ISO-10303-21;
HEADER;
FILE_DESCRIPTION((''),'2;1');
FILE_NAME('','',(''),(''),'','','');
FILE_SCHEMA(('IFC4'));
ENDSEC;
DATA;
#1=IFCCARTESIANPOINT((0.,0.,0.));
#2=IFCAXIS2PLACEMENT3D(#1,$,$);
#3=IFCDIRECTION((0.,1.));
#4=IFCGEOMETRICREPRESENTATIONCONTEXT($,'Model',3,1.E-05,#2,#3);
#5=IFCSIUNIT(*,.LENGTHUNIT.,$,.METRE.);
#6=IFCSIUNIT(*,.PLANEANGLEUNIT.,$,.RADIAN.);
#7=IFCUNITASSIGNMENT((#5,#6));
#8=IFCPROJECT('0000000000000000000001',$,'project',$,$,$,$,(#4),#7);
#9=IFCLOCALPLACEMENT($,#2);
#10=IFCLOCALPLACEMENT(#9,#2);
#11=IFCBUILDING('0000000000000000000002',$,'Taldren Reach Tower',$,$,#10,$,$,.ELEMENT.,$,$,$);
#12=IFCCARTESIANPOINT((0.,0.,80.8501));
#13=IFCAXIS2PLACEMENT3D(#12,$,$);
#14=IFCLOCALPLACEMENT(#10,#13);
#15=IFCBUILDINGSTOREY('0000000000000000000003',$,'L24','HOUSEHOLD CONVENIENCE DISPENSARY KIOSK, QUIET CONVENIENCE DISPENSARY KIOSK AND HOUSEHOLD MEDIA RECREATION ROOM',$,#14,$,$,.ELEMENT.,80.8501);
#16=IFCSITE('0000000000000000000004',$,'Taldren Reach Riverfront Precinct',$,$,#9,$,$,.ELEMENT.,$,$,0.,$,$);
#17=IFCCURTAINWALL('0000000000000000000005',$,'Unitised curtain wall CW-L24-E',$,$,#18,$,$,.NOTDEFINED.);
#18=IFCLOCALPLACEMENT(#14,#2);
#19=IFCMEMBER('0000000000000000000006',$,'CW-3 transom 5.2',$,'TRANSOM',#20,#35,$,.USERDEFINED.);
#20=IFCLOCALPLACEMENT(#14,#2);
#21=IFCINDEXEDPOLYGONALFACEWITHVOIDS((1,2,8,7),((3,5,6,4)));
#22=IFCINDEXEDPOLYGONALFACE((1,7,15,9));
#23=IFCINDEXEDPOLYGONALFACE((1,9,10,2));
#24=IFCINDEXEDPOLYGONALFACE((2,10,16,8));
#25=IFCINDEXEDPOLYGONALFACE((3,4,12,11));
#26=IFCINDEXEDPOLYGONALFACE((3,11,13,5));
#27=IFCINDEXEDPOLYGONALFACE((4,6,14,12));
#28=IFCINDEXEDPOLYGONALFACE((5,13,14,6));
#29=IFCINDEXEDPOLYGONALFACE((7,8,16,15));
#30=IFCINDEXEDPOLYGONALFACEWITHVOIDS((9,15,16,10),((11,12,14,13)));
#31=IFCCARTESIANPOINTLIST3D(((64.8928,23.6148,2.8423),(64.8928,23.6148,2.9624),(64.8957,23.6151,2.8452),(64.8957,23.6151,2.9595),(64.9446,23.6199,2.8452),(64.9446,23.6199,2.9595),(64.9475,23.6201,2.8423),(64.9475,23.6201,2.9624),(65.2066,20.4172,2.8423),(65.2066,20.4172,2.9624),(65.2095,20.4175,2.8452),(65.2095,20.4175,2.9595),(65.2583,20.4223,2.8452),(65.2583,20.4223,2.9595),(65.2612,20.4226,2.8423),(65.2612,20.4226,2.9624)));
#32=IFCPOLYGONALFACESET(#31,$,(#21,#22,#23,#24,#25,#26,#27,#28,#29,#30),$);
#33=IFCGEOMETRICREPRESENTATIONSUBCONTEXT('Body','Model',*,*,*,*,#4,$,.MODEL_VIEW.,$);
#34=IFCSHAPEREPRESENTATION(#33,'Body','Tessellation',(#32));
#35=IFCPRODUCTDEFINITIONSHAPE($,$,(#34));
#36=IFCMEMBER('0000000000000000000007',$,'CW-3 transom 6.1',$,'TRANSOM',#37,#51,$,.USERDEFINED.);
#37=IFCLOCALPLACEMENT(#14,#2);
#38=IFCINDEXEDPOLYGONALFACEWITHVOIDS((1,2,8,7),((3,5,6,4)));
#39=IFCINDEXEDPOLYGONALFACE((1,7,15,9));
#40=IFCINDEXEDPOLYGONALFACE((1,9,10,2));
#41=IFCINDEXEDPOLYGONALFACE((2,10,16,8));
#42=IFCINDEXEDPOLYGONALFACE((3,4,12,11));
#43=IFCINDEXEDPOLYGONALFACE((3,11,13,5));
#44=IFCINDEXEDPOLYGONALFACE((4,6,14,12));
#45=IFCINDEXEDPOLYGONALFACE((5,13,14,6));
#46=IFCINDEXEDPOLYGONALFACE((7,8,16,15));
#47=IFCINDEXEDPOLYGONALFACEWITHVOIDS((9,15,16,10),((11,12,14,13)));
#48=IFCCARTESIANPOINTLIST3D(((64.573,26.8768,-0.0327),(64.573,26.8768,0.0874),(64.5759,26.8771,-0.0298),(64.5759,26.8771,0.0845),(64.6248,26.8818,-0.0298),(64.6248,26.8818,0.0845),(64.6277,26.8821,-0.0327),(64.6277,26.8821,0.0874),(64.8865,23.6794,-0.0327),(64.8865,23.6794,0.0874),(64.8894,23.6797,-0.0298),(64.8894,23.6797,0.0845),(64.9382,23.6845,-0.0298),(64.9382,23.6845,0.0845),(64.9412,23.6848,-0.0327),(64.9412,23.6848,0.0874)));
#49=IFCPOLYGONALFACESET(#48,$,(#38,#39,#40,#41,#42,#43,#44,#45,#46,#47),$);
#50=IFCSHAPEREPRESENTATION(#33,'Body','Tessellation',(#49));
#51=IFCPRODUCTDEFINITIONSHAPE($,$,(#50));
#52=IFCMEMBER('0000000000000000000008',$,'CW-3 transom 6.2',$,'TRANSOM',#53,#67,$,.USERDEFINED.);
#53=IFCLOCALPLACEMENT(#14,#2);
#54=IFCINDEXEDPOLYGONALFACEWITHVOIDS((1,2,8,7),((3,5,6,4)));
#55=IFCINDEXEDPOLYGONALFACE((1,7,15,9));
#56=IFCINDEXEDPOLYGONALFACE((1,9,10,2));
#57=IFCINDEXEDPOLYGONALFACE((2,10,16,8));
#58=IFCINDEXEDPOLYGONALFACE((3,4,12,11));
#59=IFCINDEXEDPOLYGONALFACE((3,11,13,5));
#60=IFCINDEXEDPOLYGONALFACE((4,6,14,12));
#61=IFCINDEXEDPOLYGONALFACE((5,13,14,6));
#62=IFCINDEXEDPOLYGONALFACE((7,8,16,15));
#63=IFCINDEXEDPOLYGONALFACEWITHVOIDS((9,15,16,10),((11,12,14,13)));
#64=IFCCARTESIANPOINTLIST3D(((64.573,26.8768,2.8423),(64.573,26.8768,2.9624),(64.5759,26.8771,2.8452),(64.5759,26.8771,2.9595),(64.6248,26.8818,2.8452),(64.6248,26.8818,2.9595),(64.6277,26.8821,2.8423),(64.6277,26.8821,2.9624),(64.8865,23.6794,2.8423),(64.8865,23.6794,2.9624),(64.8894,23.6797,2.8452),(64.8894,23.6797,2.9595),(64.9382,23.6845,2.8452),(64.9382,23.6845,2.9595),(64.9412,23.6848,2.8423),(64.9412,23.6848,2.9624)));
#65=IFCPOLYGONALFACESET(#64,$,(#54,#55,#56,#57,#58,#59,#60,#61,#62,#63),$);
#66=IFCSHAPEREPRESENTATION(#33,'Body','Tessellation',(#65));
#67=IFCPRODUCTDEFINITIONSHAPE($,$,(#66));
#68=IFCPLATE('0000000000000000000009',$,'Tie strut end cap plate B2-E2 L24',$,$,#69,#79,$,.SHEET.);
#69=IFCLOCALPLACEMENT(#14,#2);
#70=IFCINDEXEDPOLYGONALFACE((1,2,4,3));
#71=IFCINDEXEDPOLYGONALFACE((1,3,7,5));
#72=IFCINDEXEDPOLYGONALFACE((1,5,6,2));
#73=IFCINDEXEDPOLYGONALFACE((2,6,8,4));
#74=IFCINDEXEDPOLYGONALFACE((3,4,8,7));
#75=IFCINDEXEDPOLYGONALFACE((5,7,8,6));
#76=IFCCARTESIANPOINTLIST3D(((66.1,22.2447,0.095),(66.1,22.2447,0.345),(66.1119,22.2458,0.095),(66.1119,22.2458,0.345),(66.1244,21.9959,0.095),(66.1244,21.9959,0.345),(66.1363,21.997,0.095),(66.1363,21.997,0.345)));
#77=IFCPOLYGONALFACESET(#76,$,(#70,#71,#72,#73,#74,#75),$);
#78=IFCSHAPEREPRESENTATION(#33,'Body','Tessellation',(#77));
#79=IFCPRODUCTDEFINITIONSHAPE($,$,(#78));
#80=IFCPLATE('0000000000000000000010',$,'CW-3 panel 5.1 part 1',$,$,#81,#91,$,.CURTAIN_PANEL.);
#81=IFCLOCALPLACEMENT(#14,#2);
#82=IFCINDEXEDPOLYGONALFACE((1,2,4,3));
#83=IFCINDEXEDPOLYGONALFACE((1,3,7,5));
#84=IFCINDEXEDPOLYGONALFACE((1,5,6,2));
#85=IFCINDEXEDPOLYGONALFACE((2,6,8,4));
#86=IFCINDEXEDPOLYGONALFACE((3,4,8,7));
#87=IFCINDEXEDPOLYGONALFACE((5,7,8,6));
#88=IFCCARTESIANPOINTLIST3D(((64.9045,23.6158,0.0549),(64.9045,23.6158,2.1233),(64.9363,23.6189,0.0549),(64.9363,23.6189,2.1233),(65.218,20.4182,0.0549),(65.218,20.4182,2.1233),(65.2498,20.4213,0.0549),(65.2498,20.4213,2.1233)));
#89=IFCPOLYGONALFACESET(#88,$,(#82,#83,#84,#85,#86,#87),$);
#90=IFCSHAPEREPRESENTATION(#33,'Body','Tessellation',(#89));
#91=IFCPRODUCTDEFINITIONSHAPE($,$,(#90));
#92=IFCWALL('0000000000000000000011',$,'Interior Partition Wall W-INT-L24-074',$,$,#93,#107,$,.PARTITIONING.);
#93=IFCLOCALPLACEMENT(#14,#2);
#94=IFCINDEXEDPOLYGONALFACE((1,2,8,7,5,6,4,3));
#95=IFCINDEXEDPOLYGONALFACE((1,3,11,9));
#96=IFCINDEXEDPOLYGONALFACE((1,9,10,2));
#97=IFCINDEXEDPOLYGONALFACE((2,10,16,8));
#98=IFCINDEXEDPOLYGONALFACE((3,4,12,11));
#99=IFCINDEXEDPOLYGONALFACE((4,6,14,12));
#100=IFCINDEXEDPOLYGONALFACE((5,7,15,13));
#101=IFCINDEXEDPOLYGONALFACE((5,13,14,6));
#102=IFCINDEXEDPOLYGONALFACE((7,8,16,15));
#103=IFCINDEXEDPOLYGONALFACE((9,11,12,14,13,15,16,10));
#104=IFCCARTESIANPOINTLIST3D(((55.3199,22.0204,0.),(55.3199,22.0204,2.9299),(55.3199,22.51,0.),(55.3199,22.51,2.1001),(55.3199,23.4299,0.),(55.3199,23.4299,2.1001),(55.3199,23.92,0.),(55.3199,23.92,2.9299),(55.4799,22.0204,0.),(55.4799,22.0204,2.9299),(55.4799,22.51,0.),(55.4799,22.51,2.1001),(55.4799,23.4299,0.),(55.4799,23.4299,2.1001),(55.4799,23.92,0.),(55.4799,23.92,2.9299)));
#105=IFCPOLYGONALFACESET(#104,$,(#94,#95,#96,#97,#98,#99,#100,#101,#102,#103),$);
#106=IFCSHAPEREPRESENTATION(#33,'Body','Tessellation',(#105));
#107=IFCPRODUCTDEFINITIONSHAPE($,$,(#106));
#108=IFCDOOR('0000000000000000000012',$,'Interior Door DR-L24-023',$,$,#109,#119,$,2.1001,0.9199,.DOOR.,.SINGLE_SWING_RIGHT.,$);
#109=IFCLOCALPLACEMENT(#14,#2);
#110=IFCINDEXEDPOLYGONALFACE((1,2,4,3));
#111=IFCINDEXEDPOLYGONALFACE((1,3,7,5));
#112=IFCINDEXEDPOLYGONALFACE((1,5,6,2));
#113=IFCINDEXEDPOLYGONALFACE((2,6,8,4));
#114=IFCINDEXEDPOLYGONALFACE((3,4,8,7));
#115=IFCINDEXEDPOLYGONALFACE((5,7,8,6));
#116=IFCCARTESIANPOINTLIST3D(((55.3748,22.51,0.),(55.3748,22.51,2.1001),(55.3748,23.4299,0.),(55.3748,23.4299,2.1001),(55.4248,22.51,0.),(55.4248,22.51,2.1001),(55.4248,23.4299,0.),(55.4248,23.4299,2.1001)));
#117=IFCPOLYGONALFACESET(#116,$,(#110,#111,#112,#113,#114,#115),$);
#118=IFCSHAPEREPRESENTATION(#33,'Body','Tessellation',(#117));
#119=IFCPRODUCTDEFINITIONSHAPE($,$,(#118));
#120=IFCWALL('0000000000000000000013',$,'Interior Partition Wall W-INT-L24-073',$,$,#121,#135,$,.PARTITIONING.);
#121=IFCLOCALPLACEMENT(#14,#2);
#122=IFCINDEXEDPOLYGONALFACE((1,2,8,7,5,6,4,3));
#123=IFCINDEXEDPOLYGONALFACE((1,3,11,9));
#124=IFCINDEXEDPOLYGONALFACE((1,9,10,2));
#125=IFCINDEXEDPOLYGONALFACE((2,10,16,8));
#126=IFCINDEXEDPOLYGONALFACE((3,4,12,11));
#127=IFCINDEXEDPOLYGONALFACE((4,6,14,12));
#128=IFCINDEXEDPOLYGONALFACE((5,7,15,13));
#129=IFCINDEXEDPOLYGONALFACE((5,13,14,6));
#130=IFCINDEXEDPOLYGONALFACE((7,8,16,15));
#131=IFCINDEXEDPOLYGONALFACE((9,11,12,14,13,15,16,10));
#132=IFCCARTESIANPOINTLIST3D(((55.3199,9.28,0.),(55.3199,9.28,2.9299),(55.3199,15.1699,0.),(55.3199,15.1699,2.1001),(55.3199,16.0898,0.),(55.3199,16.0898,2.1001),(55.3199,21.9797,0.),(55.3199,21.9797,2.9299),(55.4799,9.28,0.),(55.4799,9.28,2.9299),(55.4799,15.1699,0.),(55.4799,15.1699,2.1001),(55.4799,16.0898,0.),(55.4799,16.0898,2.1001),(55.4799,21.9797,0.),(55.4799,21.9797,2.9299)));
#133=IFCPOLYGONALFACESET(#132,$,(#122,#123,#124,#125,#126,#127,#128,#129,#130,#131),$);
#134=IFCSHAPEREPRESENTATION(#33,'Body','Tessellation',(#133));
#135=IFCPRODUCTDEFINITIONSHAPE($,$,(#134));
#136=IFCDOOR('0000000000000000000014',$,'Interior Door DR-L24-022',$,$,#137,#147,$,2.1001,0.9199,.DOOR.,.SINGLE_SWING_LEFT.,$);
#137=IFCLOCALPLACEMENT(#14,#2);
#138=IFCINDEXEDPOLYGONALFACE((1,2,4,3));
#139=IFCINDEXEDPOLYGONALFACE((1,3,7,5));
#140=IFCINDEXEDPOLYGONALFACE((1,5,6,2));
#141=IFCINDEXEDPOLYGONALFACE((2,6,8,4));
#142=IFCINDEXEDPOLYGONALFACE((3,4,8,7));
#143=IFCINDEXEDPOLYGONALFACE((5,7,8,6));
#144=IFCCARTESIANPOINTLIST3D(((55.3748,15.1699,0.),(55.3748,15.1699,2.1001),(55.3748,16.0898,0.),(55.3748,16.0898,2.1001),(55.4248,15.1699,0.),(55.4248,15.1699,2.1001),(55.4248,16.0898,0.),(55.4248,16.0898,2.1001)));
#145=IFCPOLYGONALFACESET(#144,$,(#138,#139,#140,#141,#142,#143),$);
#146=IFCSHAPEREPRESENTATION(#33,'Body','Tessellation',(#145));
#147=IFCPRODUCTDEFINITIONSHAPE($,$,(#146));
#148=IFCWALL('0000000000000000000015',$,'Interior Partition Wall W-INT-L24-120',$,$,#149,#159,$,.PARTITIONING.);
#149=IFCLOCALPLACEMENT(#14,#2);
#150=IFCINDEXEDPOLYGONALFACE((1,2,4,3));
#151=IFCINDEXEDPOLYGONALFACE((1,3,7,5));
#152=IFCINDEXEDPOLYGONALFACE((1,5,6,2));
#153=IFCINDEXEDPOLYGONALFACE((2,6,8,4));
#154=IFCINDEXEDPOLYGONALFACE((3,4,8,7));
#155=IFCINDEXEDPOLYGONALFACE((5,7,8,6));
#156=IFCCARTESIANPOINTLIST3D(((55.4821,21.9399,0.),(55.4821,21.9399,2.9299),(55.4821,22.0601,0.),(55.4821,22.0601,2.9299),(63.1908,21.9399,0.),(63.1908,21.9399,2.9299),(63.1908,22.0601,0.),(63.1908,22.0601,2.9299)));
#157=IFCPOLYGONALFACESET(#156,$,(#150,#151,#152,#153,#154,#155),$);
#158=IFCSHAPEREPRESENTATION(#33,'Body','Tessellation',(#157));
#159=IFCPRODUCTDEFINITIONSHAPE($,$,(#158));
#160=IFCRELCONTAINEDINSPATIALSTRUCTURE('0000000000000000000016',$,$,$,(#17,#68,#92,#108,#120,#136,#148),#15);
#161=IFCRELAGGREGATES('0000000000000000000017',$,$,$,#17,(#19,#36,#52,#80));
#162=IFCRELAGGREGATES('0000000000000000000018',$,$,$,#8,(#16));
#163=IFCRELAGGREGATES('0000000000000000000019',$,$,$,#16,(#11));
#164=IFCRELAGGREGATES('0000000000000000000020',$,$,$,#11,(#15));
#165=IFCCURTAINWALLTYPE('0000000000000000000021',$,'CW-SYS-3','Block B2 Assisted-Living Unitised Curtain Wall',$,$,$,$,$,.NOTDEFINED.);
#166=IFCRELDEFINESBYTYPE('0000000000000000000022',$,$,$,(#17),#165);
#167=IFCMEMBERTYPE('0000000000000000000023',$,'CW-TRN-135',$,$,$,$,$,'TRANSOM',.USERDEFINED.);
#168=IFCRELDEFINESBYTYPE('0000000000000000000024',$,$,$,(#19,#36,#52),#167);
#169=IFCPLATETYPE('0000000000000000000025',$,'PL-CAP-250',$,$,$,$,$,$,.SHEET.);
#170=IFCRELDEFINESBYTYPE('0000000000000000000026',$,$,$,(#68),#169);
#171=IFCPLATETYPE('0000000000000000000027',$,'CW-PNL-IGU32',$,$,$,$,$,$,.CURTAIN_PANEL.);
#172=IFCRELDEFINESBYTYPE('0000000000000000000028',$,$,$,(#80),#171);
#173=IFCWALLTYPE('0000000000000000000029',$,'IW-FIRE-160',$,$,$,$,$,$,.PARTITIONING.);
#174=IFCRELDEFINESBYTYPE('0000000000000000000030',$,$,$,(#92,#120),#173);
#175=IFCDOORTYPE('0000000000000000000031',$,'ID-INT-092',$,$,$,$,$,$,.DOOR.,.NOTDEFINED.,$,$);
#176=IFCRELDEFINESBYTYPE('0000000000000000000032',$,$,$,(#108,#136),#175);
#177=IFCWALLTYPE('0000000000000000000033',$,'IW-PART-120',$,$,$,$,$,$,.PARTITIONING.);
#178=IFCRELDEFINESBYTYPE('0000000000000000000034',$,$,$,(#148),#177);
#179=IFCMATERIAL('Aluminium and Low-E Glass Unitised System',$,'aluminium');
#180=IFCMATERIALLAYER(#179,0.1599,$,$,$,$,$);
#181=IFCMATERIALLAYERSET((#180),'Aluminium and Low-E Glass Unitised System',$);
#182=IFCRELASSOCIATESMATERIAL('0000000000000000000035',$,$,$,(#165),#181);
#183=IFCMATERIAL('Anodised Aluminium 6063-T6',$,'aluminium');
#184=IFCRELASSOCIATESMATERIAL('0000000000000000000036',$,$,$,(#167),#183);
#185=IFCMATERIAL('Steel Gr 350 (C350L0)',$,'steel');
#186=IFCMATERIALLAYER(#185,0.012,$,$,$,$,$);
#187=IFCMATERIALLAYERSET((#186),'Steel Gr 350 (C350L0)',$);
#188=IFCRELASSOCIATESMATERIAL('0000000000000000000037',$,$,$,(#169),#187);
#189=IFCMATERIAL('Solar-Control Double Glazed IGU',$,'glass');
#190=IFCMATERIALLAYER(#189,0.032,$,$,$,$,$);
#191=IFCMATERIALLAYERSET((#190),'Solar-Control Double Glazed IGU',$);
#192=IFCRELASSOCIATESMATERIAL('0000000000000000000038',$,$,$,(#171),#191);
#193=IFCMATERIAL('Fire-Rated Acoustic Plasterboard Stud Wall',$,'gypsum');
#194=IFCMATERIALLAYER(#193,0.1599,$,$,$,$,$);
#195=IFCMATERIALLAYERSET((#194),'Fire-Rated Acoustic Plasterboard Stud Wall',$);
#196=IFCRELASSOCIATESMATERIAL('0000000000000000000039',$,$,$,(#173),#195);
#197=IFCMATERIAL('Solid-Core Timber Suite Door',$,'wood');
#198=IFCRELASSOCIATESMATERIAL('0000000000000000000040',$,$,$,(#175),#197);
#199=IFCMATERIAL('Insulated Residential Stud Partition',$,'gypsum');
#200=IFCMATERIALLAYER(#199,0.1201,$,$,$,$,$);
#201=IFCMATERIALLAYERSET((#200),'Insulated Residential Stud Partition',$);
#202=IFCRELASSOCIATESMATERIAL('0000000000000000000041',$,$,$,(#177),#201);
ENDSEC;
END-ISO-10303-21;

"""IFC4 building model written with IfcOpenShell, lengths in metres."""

from ifc_helpers import new_model, si_unit, direction, frame, frame_2d, origin, origin_2d, place, context, subcontext, project, spatial, rectangle, hollow_rectangle, extrude, source, transform, mapped, material, layer, layer_set, material_profile, profile_set, type_object, element, fill, aggregate, save


model = new_model("IFC4")

# Units and contexts
model_context = context("Model", 3, precision=1e-05, world=origin(), true_north=direction((0.0, 1.0)))
body_context = subcontext(model_context, "Body", "Model", "MODEL_VIEW")
ifc_project = project(units=[si_unit("LENGTHUNIT", "METRE"), si_unit("PLANEANGLEUNIT", "RADIAN")], contexts=[model_context])

# Site, building, storey
site_placement = place(None, origin())
site = spatial("IfcSite", under=ifc_project, at=site_placement, Name="Taldren Reach Riverfront Precinct", CompositionType="ELEMENT", RefElevation=0.0)
building_placement = place(site_placement, origin())
building = spatial("IfcBuilding", under=site, at=building_placement, Name="Taldren Reach Tower", CompositionType="ELEMENT")
storey_placement = place(building_placement, frame((0.0, 0.0, 80.8501)))
storey = spatial("IfcBuildingStorey", under=building, at=storey_placement, Name="L24", Description="HOUSEHOLD CONVENIENCE DISPENSARY KIOSK, QUIET CONVENIENCE DISPENSARY KIOSK AND HOUSEHOLD MEDIA RECREATION ROOM", CompositionType="ELEMENT", Elevation=80.8501)

# Shared definitions
ifc_material_1 = material(Name="Steel Gr 350 (C350L0)", Category="steel")

# Curtain wall, members
ifc_material_2 = material(Name="Aluminium and Low-E Glass Unitised System", Category="aluminium")
ifc_layer_1 = layer(ifc_material_2, 0.1599)
ifc_layer_set_1 = layer_set([ifc_layer_1], Name="Aluminium and Low-E Glass Unitised System")
curtain_wall_type = type_object("IfcCurtainWallType", Name="CW-SYS-3", Description="Block B2 Assisted-Living Unitised Curtain Wall", PredefinedType="NOTDEFINED", material=ifc_layer_set_1)
curtain_wall_placement = place(storey_placement, origin())
curtain_wall = element("IfcCurtainWall", 1, at=curtain_wall_placement, inside=storey, type_object=curtain_wall_type, Name="Unitised curtain wall CW-L24-E", PredefinedType="NOTDEFINED")
ifc_material_3 = material(Name="Anodised Aluminium 6063-T6", Category="aluminium")
ifc_material_profile_1 = material_profile(ifc_material_3, hollow_rectangle(XDim=0.0549, YDim=0.1201, WallThickness=0.0029, at=origin_2d()), Name="ALU-120x55x3RHS")
ifc_profile_set_1 = profile_set([ifc_material_profile_1], Name="Anodised Aluminium 6063-T6")
member_type_1 = type_object("IfcMemberType", Name="CW-TRN-135", ElementType="TRANSOM", PredefinedType="USERDEFINED", material=ifc_profile_set_1)
shared_shape_1 = source(origin(), body_context, "Body", "SweptSolid", [
    extrude(hollow_rectangle(XDim=0.0549, YDim=0.1201, WallThickness=0.0029, at=origin_2d()), origin(), (0.0, 0.0, 1.0), 3.2129),
])
member_1_placement = place(storey_placement, frame((65.2339, 20.4199, 2.9023), z_axis=(-0.097645, 0.995221, 0.0), x_axis=(-0.995221, -0.097645, 0.0)))
member_1 = element("IfcMember", 2, at=member_1_placement, type_object=member_type_1, Name="CW-3 transom 5.2", ObjectType="TRANSOM", PredefinedType="USERDEFINED", context=body_context, shape_type="MappedRepresentation", body=[
    mapped(shared_shape_1, transform((0.0, 0.0, 0.0), scale=1.0)),
])
shared_shape_2 = source(origin(), body_context, "Body", "SweptSolid", [
    extrude(hollow_rectangle(XDim=0.0549, YDim=0.1201, WallThickness=0.0029, at=origin_2d()), origin(), (0.0, 0.0, 1.0), 3.2126),
])
member_2_placement = place(storey_placement, frame((64.9138, 23.6821, 0.0273), z_axis=(-0.097577, 0.995228, 0.0), x_axis=(-0.995228, -0.097577, 0.0)))
member_2 = element("IfcMember", 3, at=member_2_placement, type_object=member_type_1, Name="CW-3 transom 6.1", ObjectType="TRANSOM", PredefinedType="USERDEFINED", context=body_context, shape_type="MappedRepresentation", body=[
    mapped(shared_shape_2, transform((0.0, 0.0, 0.0), scale=1.0)),
])
member_3_placement = place(storey_placement, frame((64.9138, 23.6821, 2.9023), z_axis=(-0.097577, 0.995228, 0.0), x_axis=(-0.995228, -0.097577, 0.0)))
member_3 = element("IfcMember", 4, at=member_3_placement, type_object=member_type_1, Name="CW-3 transom 6.2", ObjectType="TRANSOM", PredefinedType="USERDEFINED", context=body_context, shape_type="MappedRepresentation", body=[
    mapped(shared_shape_2, transform((0.0, 0.0, 0.0), scale=1.0)),
])

# Plates
ifc_layer_2 = layer(ifc_material_1, 0.012)
ifc_layer_set_2 = layer_set([ifc_layer_2], Name="Steel Gr 350 (C350L0)")
plate_type_1 = type_object("IfcPlateType", Name="PL-CAP-250", PredefinedType="SHEET", material=ifc_layer_set_2)
shared_shape_3 = source(origin(), body_context, "Body", "SweptSolid", [
    extrude(rectangle(XDim=0.012, YDim=0.25, at=origin_2d()), origin(), (0.0, 0.0, 1.0), 0.25),
])
plate_1_placement = place(storey_placement, frame((66.1182, 22.1208, 0.095), z_axis=(0.0, 0.0, 1.0), x_axis=(0.995227, 0.097583, 0.0)))
element("IfcPlate", 5, at=plate_1_placement, inside=storey, type_object=plate_type_1, Name="Tie strut end cap plate B2-E2 L24", PredefinedType="SHEET", context=body_context, shape_type="MappedRepresentation", body=[
    mapped(shared_shape_3, transform((0.0, 0.0, 0.0), scale=1.0)),
])
ifc_material_4 = material(Name="Solar-Control Double Glazed IGU", Category="glass")
ifc_layer_3 = layer(ifc_material_4, 0.032)
ifc_layer_set_3 = layer_set([ifc_layer_3], Name="Solar-Control Double Glazed IGU")
plate_type_2 = type_object("IfcPlateType", Name="CW-PNL-IGU32", PredefinedType="CURTAIN_PANEL", material=ifc_layer_set_3)
shared_shape_4 = source(origin(), body_context, "Body", "SweptSolid", [
    extrude(rectangle(XDim=3.2129, YDim=0.032, at=origin_2d()), origin(), (0.0, 0.0, 1.0), 2.0684),
])
plate_2_placement = place(storey_placement, frame((65.0771, 22.0186, 0.0549), z_axis=(0.0, 0.0, 1.0), x_axis=(-0.097583, 0.995227, 0.0)))
plate_2 = element("IfcPlate", 6, at=plate_2_placement, type_object=plate_type_2, Name="CW-3 panel 5.1 part 1", PredefinedType="CURTAIN_PANEL", context=body_context, shape_type="MappedRepresentation", body=[
    mapped(shared_shape_4, transform((0.0, 0.0, 0.0), scale=1.0)),
])
aggregate(curtain_wall, [member_1, member_2, member_3, plate_2])

# Walls, openings, doors
ifc_material_5 = material(Name="Fire-Rated Acoustic Plasterboard Stud Wall", Category="gypsum")
ifc_layer_4 = layer(ifc_material_5, 0.1599)
ifc_layer_set_4 = layer_set([ifc_layer_4], Name="Fire-Rated Acoustic Plasterboard Stud Wall")
wall_type_1 = type_object("IfcWallType", Name="IW-FIRE-160", PredefinedType="PARTITIONING", material=ifc_layer_set_4)
shared_shape_5 = source(origin(), body_context, "Body", "SweptSolid", [
    extrude(rectangle(XDim=1.8997, YDim=0.1599, at=frame_2d((0.9497, 0.0))), origin(), (0.0, 0.0, 1.0), 2.9299),
])
wall_1_placement = place(storey_placement, frame((55.3999, 23.9199, 0.0), z_axis=(0.0, 0.0, 1.0), x_axis=(0.0, -1.0, 0.0)))
wall_1 = element("IfcWall", 7, at=wall_1_placement, inside=storey, type_object=wall_type_1, Name="Interior Partition Wall W-INT-L24-074", PredefinedType="PARTITIONING", context=body_context, shape_type="MappedRepresentation", body=[
    mapped(shared_shape_5, transform((0.0, 0.0, 0.0), scale=1.0)),
])
shared_shape_6 = source(origin(), body_context, "Body", "SweptSolid", [
    extrude(rectangle(XDim=0.9199, YDim=2.1001, at=frame_2d((0.46, 1.05))), frame((0.0, 0.0898, 0.0), z_axis=(0.0, -1.0, 0.0), x_axis=(1.0, 0.0, 0.0)), (0.0, 0.0, 1.0), 0.1799),
])
opening_1_placement = place(wall_1_placement, frame((0.49, 0.0, 0.0)))
opening_1 = element("IfcOpeningElement", 8, at=opening_1_placement, cuts=wall_1, PredefinedType="OPENING", context=body_context, shape_type="MappedRepresentation", body=[
    mapped(shared_shape_6, transform((0.0, 0.0, 0.0), scale=1.0)),
])
ifc_material_6 = material(Name="Solid-Core Timber Suite Door", Category="wood")
door_type = type_object("IfcDoorType", Name="ID-INT-092", OperationType="NOTDEFINED", PredefinedType="DOOR", material=ifc_material_6)
shared_shape_7 = source(origin(), body_context, "Body", "SweptSolid", [
    extrude(rectangle(XDim=0.9199, YDim=2.1001, at=frame_2d((0.46, 1.05))), frame((0.0, 0.0249, 0.0), z_axis=(0.0, -1.0, 0.0), x_axis=(1.0, 0.0, 0.0)), (0.0, 0.0, 1.0), 0.05),
])
door_1_placement = place(opening_1_placement, origin())
door_1 = element("IfcDoor", 9, at=door_1_placement, inside=storey, type_object=door_type, Name="Interior Door DR-L24-023", OperationType="SINGLE_SWING_RIGHT", OverallHeight=2.1001, OverallWidth=0.9199, PredefinedType="DOOR", context=body_context, shape_type="MappedRepresentation", body=[
    mapped(shared_shape_7, transform((0.0, 0.0, 0.0), scale=1.0)),
])
fill(opening_1, door_1)
shared_shape_8 = source(origin(), body_context, "Body", "SweptSolid", [
    extrude(rectangle(XDim=12.6997, YDim=0.1599, at=frame_2d((6.3499, 0.0))), origin(), (0.0, 0.0, 1.0), 2.9299),
])
wall_2_placement = place(storey_placement, frame((55.3999, 21.9797, 0.0), z_axis=(0.0, 0.0, 1.0), x_axis=(0.0, -1.0, 0.0)))
wall_2 = element("IfcWall", 10, at=wall_2_placement, inside=storey, type_object=wall_type_1, Name="Interior Partition Wall W-INT-L24-073", PredefinedType="PARTITIONING", context=body_context, shape_type="MappedRepresentation", body=[
    mapped(shared_shape_8, transform((0.0, 0.0, 0.0), scale=1.0)),
])
opening_2_placement = place(wall_2_placement, frame((5.8899, 0.0, 0.0)))
opening_2 = element("IfcOpeningElement", 11, at=opening_2_placement, cuts=wall_2, PredefinedType="OPENING", context=body_context, shape_type="MappedRepresentation", body=[
    mapped(shared_shape_6, transform((0.0, 0.0, 0.0), scale=1.0)),
])
door_2_placement = place(opening_2_placement, origin())
door_2 = element("IfcDoor", 12, at=door_2_placement, inside=storey, type_object=door_type, Name="Interior Door DR-L24-022", OperationType="SINGLE_SWING_LEFT", OverallHeight=2.1001, OverallWidth=0.9199, PredefinedType="DOOR", context=body_context, shape_type="MappedRepresentation", body=[
    mapped(shared_shape_7, transform((0.0, 0.0, 0.0), scale=1.0)),
])
fill(opening_2, door_2)

# Wall
ifc_material_7 = material(Name="Insulated Residential Stud Partition", Category="gypsum")
ifc_layer_5 = layer(ifc_material_7, 0.1201)
ifc_layer_set_5 = layer_set([ifc_layer_5], Name="Insulated Residential Stud Partition")
wall_type_2 = type_object("IfcWallType", Name="IW-PART-120", PredefinedType="PARTITIONING", material=ifc_layer_set_5)
shared_shape_9 = source(origin(), body_context, "Body", "SweptSolid", [
    extrude(rectangle(XDim=7.7087, YDim=0.1201, at=frame_2d((3.8545, 0.0))), origin(), (0.0, 0.0, 1.0), 2.9299),
])
wall_3_placement = place(storey_placement, frame((55.4819, 22.0, 0.0), z_axis=(0.0, 0.0, 1.0), x_axis=(1.0, 0.0, 0.0)))
element("IfcWall", 13, at=wall_3_placement, inside=storey, type_object=wall_type_2, Name="Interior Partition Wall W-INT-L24-120", PredefinedType="PARTITIONING", context=body_context, shape_type="MappedRepresentation", body=[
    mapped(shared_shape_9, transform((0.0, 0.0, 0.0), scale=1.0)),
])

save(model, "model.ifc")
